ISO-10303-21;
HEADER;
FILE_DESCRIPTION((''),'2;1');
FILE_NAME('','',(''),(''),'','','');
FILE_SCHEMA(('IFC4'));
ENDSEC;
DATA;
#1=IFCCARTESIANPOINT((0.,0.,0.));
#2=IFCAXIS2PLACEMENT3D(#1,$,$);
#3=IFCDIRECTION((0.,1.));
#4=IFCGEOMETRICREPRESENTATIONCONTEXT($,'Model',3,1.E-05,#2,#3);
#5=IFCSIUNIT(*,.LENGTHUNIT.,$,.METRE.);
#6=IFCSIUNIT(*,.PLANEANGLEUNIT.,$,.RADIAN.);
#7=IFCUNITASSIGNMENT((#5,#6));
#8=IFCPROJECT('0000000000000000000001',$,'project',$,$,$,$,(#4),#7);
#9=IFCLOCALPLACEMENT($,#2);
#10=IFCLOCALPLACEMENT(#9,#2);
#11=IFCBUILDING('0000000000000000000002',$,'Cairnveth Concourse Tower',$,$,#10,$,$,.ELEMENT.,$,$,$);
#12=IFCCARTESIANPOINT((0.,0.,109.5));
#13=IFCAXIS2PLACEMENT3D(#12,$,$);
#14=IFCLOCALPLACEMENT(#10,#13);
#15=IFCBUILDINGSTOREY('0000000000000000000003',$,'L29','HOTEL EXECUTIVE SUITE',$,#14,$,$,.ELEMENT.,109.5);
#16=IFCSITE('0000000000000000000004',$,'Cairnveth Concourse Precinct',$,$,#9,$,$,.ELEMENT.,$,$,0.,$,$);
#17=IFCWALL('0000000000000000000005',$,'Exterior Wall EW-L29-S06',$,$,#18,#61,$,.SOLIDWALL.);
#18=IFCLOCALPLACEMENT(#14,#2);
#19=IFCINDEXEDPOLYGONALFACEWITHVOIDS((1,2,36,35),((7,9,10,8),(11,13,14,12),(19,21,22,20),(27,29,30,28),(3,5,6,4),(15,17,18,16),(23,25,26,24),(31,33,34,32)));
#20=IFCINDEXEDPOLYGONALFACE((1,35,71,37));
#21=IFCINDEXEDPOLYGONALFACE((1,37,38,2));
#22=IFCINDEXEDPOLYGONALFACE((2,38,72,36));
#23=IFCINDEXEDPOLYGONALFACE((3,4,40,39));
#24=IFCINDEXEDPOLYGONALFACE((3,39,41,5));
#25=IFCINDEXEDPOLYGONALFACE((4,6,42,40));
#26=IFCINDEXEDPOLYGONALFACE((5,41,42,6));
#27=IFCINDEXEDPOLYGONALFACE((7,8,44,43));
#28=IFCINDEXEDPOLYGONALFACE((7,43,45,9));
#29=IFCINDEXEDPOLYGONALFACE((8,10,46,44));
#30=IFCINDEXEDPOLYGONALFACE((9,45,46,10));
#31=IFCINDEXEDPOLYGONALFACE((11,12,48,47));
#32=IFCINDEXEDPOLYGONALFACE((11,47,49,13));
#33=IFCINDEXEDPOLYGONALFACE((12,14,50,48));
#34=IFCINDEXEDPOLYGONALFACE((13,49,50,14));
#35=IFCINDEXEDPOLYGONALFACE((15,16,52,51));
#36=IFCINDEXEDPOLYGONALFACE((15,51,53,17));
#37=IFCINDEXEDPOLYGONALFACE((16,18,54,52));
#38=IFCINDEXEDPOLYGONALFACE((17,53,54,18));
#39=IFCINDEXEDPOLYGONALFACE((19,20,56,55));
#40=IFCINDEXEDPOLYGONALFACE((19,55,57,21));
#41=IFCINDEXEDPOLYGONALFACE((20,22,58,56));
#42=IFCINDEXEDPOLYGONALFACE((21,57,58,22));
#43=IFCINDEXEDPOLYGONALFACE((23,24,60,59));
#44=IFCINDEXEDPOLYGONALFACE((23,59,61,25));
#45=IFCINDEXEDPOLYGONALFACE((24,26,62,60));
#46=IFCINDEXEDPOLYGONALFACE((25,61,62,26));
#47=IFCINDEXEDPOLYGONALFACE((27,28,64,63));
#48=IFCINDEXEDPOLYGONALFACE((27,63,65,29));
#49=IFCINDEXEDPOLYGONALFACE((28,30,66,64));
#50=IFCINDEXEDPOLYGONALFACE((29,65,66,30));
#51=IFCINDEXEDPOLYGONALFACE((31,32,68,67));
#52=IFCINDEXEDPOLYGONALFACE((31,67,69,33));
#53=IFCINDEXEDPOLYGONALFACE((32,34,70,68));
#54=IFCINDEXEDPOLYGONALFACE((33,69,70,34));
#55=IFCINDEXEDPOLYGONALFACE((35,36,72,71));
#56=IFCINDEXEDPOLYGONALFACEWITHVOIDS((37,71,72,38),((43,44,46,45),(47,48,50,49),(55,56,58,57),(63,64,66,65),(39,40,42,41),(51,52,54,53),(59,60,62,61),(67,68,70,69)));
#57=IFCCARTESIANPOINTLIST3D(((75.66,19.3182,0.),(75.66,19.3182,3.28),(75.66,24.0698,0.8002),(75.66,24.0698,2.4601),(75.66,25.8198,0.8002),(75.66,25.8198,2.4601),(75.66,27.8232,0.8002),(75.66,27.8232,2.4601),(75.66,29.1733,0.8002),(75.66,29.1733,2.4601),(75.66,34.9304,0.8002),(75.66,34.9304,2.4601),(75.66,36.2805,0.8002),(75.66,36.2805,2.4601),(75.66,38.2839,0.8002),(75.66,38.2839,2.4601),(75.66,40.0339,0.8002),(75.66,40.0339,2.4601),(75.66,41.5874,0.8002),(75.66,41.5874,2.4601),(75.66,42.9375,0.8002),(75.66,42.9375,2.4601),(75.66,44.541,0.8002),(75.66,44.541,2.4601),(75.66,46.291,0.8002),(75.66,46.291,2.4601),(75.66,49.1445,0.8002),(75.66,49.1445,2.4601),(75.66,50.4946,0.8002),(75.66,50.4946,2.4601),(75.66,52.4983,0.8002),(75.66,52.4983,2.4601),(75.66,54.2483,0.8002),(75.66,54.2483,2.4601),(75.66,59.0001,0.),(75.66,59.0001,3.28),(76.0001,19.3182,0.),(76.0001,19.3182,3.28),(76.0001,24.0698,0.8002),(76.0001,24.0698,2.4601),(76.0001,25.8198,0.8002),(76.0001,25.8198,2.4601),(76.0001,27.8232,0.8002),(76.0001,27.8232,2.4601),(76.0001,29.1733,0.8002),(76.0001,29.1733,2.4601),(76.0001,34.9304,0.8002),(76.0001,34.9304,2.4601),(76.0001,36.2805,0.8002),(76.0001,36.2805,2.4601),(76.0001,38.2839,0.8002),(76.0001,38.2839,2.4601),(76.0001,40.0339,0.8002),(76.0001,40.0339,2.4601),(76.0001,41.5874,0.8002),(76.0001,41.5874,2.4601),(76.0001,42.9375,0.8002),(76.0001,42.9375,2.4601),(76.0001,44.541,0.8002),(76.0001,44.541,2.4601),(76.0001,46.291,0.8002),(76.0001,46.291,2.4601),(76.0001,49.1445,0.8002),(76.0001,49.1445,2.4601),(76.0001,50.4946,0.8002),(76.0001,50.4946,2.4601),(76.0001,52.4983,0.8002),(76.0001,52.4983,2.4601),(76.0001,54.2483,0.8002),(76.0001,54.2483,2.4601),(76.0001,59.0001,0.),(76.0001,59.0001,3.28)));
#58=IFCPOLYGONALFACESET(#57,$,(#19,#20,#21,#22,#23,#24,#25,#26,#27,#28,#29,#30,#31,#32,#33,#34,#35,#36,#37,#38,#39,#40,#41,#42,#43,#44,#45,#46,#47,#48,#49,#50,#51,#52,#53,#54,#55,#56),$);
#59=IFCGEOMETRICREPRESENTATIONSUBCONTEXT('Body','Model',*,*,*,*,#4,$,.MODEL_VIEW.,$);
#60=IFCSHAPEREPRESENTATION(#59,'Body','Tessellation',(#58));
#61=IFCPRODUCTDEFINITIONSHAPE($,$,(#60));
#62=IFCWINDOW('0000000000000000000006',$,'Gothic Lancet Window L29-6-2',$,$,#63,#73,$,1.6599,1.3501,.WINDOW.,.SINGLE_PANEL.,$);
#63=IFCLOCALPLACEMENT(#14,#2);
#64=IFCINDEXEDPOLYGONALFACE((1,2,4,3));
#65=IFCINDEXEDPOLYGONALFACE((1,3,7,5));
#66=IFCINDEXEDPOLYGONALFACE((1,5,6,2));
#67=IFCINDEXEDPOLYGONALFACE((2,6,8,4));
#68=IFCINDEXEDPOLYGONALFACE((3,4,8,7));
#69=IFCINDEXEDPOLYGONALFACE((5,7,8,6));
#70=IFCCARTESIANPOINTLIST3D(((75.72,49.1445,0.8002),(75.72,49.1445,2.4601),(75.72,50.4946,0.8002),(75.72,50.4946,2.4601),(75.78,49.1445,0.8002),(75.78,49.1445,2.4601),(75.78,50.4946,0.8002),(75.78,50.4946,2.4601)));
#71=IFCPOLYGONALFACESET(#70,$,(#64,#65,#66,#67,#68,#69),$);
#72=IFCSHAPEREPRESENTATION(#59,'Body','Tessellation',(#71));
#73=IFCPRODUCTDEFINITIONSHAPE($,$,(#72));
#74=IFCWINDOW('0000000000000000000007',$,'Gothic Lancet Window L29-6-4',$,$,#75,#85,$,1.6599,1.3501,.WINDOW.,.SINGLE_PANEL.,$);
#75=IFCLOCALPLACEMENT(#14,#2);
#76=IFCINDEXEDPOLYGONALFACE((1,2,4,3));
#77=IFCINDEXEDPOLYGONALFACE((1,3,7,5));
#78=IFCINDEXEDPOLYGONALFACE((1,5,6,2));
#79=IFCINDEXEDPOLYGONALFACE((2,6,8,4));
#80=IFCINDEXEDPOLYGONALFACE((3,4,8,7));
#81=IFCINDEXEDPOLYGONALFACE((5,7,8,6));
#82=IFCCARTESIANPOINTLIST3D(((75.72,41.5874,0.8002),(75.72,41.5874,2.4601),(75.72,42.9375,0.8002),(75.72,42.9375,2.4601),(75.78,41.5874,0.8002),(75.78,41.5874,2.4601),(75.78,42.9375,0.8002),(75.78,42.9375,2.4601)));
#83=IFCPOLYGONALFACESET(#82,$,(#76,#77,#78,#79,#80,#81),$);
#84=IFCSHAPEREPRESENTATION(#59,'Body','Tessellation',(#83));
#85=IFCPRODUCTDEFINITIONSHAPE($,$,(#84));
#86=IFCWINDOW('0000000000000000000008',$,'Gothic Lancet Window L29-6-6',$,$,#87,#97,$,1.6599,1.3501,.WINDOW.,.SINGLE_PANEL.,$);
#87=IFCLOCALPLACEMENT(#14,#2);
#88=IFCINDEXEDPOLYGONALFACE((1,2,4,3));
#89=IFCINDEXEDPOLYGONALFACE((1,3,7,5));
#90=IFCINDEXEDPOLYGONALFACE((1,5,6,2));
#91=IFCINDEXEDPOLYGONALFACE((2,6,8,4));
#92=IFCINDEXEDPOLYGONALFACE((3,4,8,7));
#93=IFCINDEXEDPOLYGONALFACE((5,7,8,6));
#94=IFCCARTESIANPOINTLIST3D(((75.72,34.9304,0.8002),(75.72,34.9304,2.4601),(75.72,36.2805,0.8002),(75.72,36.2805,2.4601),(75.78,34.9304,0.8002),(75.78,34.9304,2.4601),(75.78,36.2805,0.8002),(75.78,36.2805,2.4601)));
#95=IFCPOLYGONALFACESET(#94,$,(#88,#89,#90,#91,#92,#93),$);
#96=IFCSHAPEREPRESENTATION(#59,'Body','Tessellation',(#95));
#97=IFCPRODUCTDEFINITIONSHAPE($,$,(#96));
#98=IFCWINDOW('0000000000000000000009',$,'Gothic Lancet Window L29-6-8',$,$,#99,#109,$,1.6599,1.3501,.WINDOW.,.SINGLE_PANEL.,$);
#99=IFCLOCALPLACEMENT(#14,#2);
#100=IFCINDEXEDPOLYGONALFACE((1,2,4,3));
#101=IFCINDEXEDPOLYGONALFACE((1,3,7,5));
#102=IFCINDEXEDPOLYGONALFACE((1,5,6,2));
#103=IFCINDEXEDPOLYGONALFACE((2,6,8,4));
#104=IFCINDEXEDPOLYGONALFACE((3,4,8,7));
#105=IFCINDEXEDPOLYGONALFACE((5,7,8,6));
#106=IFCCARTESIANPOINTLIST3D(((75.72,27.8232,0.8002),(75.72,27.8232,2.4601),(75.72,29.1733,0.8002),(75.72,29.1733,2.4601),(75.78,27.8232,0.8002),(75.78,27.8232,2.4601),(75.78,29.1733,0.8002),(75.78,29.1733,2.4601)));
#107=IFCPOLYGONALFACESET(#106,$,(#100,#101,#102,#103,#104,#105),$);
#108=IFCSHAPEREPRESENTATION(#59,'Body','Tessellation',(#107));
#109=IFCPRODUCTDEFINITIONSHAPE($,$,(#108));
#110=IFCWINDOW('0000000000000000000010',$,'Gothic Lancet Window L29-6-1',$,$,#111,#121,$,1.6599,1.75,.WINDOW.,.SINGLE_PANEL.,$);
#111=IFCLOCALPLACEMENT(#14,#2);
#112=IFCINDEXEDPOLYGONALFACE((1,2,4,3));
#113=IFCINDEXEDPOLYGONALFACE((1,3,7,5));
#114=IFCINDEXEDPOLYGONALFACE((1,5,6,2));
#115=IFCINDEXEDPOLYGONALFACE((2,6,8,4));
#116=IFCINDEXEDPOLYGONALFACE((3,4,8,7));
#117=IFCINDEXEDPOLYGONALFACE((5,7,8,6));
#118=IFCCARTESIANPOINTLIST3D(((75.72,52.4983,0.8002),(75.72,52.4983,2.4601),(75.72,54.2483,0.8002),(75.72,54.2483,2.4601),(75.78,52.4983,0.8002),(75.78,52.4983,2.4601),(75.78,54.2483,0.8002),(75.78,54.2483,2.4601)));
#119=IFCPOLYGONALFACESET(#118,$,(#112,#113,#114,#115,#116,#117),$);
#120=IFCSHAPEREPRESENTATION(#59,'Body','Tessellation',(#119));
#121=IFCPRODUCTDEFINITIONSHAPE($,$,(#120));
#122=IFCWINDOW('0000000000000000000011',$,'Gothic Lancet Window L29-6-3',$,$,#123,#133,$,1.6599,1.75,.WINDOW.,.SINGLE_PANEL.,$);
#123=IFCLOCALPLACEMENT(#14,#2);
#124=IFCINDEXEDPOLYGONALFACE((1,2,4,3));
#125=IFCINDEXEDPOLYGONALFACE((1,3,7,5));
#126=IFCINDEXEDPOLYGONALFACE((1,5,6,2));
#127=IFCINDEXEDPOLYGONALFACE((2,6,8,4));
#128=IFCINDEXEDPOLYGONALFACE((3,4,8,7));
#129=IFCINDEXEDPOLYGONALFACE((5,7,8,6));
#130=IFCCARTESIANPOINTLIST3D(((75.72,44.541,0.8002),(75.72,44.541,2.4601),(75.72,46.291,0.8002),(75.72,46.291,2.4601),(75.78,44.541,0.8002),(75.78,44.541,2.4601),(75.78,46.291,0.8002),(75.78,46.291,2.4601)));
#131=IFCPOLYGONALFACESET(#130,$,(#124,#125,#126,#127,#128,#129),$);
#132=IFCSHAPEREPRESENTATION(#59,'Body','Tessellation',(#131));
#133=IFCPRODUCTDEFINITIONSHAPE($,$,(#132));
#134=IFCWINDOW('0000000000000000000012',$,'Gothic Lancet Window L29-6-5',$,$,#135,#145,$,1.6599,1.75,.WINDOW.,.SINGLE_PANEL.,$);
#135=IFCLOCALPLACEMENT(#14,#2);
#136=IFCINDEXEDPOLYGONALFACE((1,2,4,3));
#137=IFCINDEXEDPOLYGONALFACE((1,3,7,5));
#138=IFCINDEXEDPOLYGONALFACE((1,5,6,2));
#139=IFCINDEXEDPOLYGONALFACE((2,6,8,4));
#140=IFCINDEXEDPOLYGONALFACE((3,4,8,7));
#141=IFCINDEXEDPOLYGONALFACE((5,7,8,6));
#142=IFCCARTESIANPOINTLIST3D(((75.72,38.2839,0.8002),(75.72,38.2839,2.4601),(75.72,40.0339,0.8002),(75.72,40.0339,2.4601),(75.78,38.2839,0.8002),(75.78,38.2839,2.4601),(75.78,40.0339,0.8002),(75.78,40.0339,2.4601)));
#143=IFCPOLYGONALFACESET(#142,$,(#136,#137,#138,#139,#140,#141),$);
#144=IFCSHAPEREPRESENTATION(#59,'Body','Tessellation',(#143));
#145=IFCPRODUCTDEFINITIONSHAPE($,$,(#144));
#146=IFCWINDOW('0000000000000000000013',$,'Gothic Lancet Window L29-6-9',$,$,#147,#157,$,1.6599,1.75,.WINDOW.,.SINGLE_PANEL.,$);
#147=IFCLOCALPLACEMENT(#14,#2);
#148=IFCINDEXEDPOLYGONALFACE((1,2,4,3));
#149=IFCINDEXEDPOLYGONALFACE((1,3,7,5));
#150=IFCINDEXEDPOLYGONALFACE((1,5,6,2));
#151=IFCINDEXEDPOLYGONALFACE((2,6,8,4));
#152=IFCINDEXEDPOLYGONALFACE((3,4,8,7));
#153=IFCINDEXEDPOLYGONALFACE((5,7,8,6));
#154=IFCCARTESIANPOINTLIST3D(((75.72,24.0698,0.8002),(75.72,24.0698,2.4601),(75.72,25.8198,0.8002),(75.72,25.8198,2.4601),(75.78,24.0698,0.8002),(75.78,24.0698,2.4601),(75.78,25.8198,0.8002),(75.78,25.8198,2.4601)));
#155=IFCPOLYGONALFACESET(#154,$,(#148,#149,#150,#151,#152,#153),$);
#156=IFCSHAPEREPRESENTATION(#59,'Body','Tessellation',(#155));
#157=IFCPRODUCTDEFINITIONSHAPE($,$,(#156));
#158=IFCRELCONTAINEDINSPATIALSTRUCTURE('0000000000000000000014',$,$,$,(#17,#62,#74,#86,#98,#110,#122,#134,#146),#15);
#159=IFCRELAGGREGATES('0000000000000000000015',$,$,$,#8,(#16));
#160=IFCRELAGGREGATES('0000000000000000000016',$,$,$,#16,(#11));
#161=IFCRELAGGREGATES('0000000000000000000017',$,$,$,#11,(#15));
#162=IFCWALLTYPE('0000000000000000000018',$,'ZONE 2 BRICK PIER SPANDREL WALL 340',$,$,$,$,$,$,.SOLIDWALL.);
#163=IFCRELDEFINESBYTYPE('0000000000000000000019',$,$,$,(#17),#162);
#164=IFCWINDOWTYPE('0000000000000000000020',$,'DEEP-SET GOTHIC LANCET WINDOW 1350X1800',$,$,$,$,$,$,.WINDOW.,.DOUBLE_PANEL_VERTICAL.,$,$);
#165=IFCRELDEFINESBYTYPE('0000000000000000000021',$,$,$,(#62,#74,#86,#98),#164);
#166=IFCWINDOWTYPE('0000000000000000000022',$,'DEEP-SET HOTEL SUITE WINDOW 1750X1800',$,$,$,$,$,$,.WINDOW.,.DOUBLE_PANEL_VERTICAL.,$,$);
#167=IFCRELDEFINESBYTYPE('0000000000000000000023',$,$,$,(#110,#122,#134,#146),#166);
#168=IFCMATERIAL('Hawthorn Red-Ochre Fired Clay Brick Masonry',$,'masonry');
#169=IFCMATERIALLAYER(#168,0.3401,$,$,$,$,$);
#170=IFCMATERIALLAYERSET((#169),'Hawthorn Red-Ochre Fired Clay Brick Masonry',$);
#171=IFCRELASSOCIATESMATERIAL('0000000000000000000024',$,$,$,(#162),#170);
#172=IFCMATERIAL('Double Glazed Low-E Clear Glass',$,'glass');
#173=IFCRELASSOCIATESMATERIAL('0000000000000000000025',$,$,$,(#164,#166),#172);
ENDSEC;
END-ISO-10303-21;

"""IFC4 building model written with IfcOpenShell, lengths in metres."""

from ifc_helpers import new_model, si_unit, direction, frame, frame_2d, origin, place, context, subcontext, project, spatial, rectangle, extrude, material, layer, layer_set, type_object, element, fill, save


model = new_model("IFC4")

# Units and contexts
model_context = context("Model", 3, precision=1e-05, world=origin(), true_north=direction((0.0, 1.0)))
body_context = subcontext(model_context, "Body", "Model", "MODEL_VIEW")
ifc_project = project(units=[si_unit("LENGTHUNIT", "METRE"), si_unit("PLANEANGLEUNIT", "RADIAN")], contexts=[model_context])

# Site, building, storey
site_placement = place(None, origin())
site = spatial("IfcSite", under=ifc_project, at=site_placement, Name="Cairnveth Concourse Precinct", CompositionType="ELEMENT", RefElevation=0.0)
building_placement = place(site_placement, origin())
building = spatial("IfcBuilding", under=site, at=building_placement, Name="Cairnveth Concourse Tower", CompositionType="ELEMENT")
storey_placement = place(building_placement, frame((0.0, 0.0, 109.5)))
storey = spatial("IfcBuildingStorey", under=building, at=storey_placement, Name="L29", Description="HOTEL EXECUTIVE SUITE", CompositionType="ELEMENT", Elevation=109.5)

# Shared definitions
ifc_material_1 = material(Name="Hawthorn Red-Ochre Fired Clay Brick Masonry", Category="masonry")
ifc_layer_1 = layer(ifc_material_1, 0.3401)
ifc_layer_set_1 = layer_set([ifc_layer_1], Name="Hawthorn Red-Ochre Fired Clay Brick Masonry")
wall_type = type_object("IfcWallType", Name="ZONE 2 BRICK PIER SPANDREL WALL 340", PredefinedType="SOLIDWALL", material=ifc_layer_set_1)

# Wall, openings, windows
wall_1_placement = place(storey_placement, frame((75.8301, 59.0, 0.0), z_axis=(0.0, 0.0, 1.0), x_axis=(0.0, -1.0, 0.0)))
wall_1 = element("IfcWall", 1, at=wall_1_placement, inside=storey, type_object=wall_type, Name="Exterior Wall EW-L29-S06", PredefinedType="SOLIDWALL", context=body_context, shape_type="SweptSolid", body=[
    extrude(rectangle(XDim=39.6819, YDim=0.3401, at=frame_2d((19.8408, 0.0))), origin(), (0.0, 0.0, 1.0), 3.28),
])
opening_1_placement = place(wall_1_placement, frame((4.7517, 0.0, 0.8)))
opening_1 = element("IfcOpeningElement", 2, at=opening_1_placement, cuts=wall_1, PredefinedType="OPENING", context=body_context, shape_type="SweptSolid", body=[
    extrude(rectangle(XDim=1.75, YDim=1.6599, at=frame_2d((0.875, 0.8301))), frame((0.0, 0.1799, 0.0), z_axis=(0.0, -1.0, 0.0), x_axis=(1.0, 0.0, 0.0)), (0.0, 0.0, 1.0), 0.3601),
])
opening_2_placement = place(wall_1_placement, frame((8.5054, 0.0, 0.8)))
opening_2 = element("IfcOpeningElement", 3, at=opening_2_placement, cuts=wall_1, PredefinedType="OPENING", context=body_context, shape_type="SweptSolid", body=[
    extrude(rectangle(XDim=1.3501, YDim=1.6599, at=frame_2d((0.675, 0.8301))), frame((0.0, 0.1799, 0.0), z_axis=(0.0, -1.0, 0.0), x_axis=(1.0, 0.0, 0.0)), (0.0, 0.0, 1.0), 0.3601),
])
opening_3_placement = place(wall_1_placement, frame((12.709, 0.0, 0.8)))
opening_3 = element("IfcOpeningElement", 4, at=opening_3_placement, cuts=wall_1, PredefinedType="OPENING", context=body_context, shape_type="SweptSolid", body=[
    extrude(rectangle(XDim=1.75, YDim=1.6599, at=frame_2d((0.875, 0.8301))), frame((0.0, 0.1799, 0.0), z_axis=(0.0, -1.0, 0.0), x_axis=(1.0, 0.0, 0.0)), (0.0, 0.0, 1.0), 0.3601),
])
opening_4_placement = place(wall_1_placement, frame((16.0625, 0.0, 0.8)))
opening_4 = element("IfcOpeningElement", 5, at=opening_4_placement, cuts=wall_1, PredefinedType="OPENING", context=body_context, shape_type="SweptSolid", body=[
    extrude(rectangle(XDim=1.3501, YDim=1.6599, at=frame_2d((0.675, 0.8301))), frame((0.0, 0.1799, 0.0), z_axis=(0.0, -1.0, 0.0), x_axis=(1.0, 0.0, 0.0)), (0.0, 0.0, 1.0), 0.3601),
])
opening_5_placement = place(wall_1_placement, frame((18.9661, 0.0, 0.8)))
opening_5 = element("IfcOpeningElement", 6, at=opening_5_placement, cuts=wall_1, PredefinedType="OPENING", context=body_context, shape_type="SweptSolid", body=[
    extrude(rectangle(XDim=1.75, YDim=1.6599, at=frame_2d((0.875, 0.8301))), frame((0.0, 0.1799, 0.0), z_axis=(0.0, -1.0, 0.0), x_axis=(1.0, 0.0, 0.0)), (0.0, 0.0, 1.0), 0.3601),
])
opening_6_placement = place(wall_1_placement, frame((22.7195, 0.0, 0.8)))
opening_6 = element("IfcOpeningElement", 7, at=opening_6_placement, cuts=wall_1, PredefinedType="OPENING", context=body_context, shape_type="SweptSolid", body=[
    extrude(rectangle(XDim=1.3501, YDim=1.6599, at=frame_2d((0.675, 0.8301))), frame((0.0, 0.1799, 0.0), z_axis=(0.0, -1.0, 0.0), x_axis=(1.0, 0.0, 0.0)), (0.0, 0.0, 1.0), 0.3601),
])
opening_7_placement = place(wall_1_placement, frame((29.8267, 0.0, 0.8)))
opening_7 = element("IfcOpeningElement", 8, at=opening_7_placement, cuts=wall_1, PredefinedType="OPENING", context=body_context, shape_type="SweptSolid", body=[
    extrude(rectangle(XDim=1.3501, YDim=1.6599, at=frame_2d((0.675, 0.8301))), frame((0.0, 0.1799, 0.0), z_axis=(0.0, -1.0, 0.0), x_axis=(1.0, 0.0, 0.0)), (0.0, 0.0, 1.0), 0.3601),
])
opening_8_placement = place(wall_1_placement, frame((33.1802, 0.0, 0.8)))
opening_8 = element("IfcOpeningElement", 9, at=opening_8_placement, cuts=wall_1, PredefinedType="OPENING", context=body_context, shape_type="SweptSolid", body=[
    extrude(rectangle(XDim=1.75, YDim=1.6599, at=frame_2d((0.875, 0.8301))), frame((0.0, 0.1799, 0.0), z_axis=(0.0, -1.0, 0.0), x_axis=(1.0, 0.0, 0.0)), (0.0, 0.0, 1.0), 0.3601),
])
ifc_material_2 = material(Name="Double Glazed Low-E Clear Glass", Category="glass")
window_type_1 = type_object("IfcWindowType", Name="DEEP-SET GOTHIC LANCET WINDOW 1350X1800", PartitioningType="DOUBLE_PANEL_VERTICAL", PredefinedType="WINDOW", material=ifc_material_2)
window_1_placement = place(opening_2_placement, origin())
window_1 = element("IfcWindow", 10, at=window_1_placement, inside=storey, type_object=window_type_1, Name="Gothic Lancet Window L29-6-2", OverallHeight=1.6599, OverallWidth=1.3501, PartitioningType="SINGLE_PANEL", PredefinedType="WINDOW", context=body_context, shape_type="SweptSolid", body=[
    extrude(rectangle(XDim=1.3501, YDim=1.6599, at=frame_2d((0.675, 0.8301))), frame((0.0, -0.05, 0.0), z_axis=(0.0, -1.0, 0.0), x_axis=(1.0, 0.0, 0.0)), (0.0, 0.0, 1.0), 0.0601),
])
fill(opening_2, window_1)
window_2_placement = place(opening_4_placement, origin())
window_2 = element("IfcWindow", 11, at=window_2_placement, inside=storey, type_object=window_type_1, Name="Gothic Lancet Window L29-6-4", OverallHeight=1.6599, OverallWidth=1.3501, PartitioningType="SINGLE_PANEL", PredefinedType="WINDOW", context=body_context, shape_type="SweptSolid", body=[
    extrude(rectangle(XDim=1.3501, YDim=1.6599, at=frame_2d((0.675, 0.8301))), frame((0.0, -0.05, 0.0), z_axis=(0.0, -1.0, 0.0), x_axis=(1.0, 0.0, 0.0)), (0.0, 0.0, 1.0), 0.0601),
])
fill(opening_4, window_2)
window_3_placement = place(opening_6_placement, origin())
window_3 = element("IfcWindow", 12, at=window_3_placement, inside=storey, type_object=window_type_1, Name="Gothic Lancet Window L29-6-6", OverallHeight=1.6599, OverallWidth=1.3501, PartitioningType="SINGLE_PANEL", PredefinedType="WINDOW", context=body_context, shape_type="SweptSolid", body=[
    extrude(rectangle(XDim=1.3501, YDim=1.6599, at=frame_2d((0.675, 0.8301))), frame((0.0, -0.05, 0.0), z_axis=(0.0, -1.0, 0.0), x_axis=(1.0, 0.0, 0.0)), (0.0, 0.0, 1.0), 0.0601),
])
fill(opening_6, window_3)
window_4_placement = place(opening_7_placement, origin())
window_4 = element("IfcWindow", 13, at=window_4_placement, inside=storey, type_object=window_type_1, Name="Gothic Lancet Window L29-6-8", OverallHeight=1.6599, OverallWidth=1.3501, PartitioningType="SINGLE_PANEL", PredefinedType="WINDOW", context=body_context, shape_type="SweptSolid", body=[
    extrude(rectangle(XDim=1.3501, YDim=1.6599, at=frame_2d((0.675, 0.8301))), frame((0.0, -0.05, 0.0), z_axis=(0.0, -1.0, 0.0), x_axis=(1.0, 0.0, 0.0)), (0.0, 0.0, 1.0), 0.0601),
])
fill(opening_7, window_4)
window_type_2 = type_object("IfcWindowType", Name="DEEP-SET HOTEL SUITE WINDOW 1750X1800", PartitioningType="DOUBLE_PANEL_VERTICAL", PredefinedType="WINDOW", material=ifc_material_2)
window_5_placement = place(opening_1_placement, origin())
window_5 = element("IfcWindow", 14, at=window_5_placement, inside=storey, type_object=window_type_2, Name="Gothic Lancet Window L29-6-1", OverallHeight=1.6599, OverallWidth=1.75, PartitioningType="SINGLE_PANEL", PredefinedType="WINDOW", context=body_context, shape_type="SweptSolid", body=[
    extrude(rectangle(XDim=1.75, YDim=1.6599, at=frame_2d((0.875, 0.8301))), frame((0.0, -0.05, 0.0), z_axis=(0.0, -1.0, 0.0), x_axis=(1.0, 0.0, 0.0)), (0.0, 0.0, 1.0), 0.0601),
])
fill(opening_1, window_5)
window_6_placement = place(opening_3_placement, origin())
window_6 = element("IfcWindow", 15, at=window_6_placement, inside=storey, type_object=window_type_2, Name="Gothic Lancet Window L29-6-3", OverallHeight=1.6599, OverallWidth=1.75, PartitioningType="SINGLE_PANEL", PredefinedType="WINDOW", context=body_context, shape_type="SweptSolid", body=[
    extrude(rectangle(XDim=1.75, YDim=1.6599, at=frame_2d((0.875, 0.8301))), frame((0.0, -0.05, 0.0), z_axis=(0.0, -1.0, 0.0), x_axis=(1.0, 0.0, 0.0)), (0.0, 0.0, 1.0), 0.0601),
])
fill(opening_3, window_6)
window_7_placement = place(opening_5_placement, origin())
window_7 = element("IfcWindow", 16, at=window_7_placement, inside=storey, type_object=window_type_2, Name="Gothic Lancet Window L29-6-5", OverallHeight=1.6599, OverallWidth=1.75, PartitioningType="SINGLE_PANEL", PredefinedType="WINDOW", context=body_context, shape_type="SweptSolid", body=[
    extrude(rectangle(XDim=1.75, YDim=1.6599, at=frame_2d((0.875, 0.8301))), frame((0.0, -0.05, 0.0), z_axis=(0.0, -1.0, 0.0), x_axis=(1.0, 0.0, 0.0)), (0.0, 0.0, 1.0), 0.0601),
])
fill(opening_5, window_7)
window_8_placement = place(opening_8_placement, origin())
window_8 = element("IfcWindow", 17, at=window_8_placement, inside=storey, type_object=window_type_2, Name="Gothic Lancet Window L29-6-9", OverallHeight=1.6599, OverallWidth=1.75, PartitioningType="SINGLE_PANEL", PredefinedType="WINDOW", context=body_context, shape_type="SweptSolid", body=[
    extrude(rectangle(XDim=1.75, YDim=1.6599, at=frame_2d((0.875, 0.8301))), frame((0.0, -0.05, 0.0), z_axis=(0.0, -1.0, 0.0), x_axis=(1.0, 0.0, 0.0)), (0.0, 0.0, 1.0), 0.0601),
])
fill(opening_8, window_8)

save(model, "model.ifc")
